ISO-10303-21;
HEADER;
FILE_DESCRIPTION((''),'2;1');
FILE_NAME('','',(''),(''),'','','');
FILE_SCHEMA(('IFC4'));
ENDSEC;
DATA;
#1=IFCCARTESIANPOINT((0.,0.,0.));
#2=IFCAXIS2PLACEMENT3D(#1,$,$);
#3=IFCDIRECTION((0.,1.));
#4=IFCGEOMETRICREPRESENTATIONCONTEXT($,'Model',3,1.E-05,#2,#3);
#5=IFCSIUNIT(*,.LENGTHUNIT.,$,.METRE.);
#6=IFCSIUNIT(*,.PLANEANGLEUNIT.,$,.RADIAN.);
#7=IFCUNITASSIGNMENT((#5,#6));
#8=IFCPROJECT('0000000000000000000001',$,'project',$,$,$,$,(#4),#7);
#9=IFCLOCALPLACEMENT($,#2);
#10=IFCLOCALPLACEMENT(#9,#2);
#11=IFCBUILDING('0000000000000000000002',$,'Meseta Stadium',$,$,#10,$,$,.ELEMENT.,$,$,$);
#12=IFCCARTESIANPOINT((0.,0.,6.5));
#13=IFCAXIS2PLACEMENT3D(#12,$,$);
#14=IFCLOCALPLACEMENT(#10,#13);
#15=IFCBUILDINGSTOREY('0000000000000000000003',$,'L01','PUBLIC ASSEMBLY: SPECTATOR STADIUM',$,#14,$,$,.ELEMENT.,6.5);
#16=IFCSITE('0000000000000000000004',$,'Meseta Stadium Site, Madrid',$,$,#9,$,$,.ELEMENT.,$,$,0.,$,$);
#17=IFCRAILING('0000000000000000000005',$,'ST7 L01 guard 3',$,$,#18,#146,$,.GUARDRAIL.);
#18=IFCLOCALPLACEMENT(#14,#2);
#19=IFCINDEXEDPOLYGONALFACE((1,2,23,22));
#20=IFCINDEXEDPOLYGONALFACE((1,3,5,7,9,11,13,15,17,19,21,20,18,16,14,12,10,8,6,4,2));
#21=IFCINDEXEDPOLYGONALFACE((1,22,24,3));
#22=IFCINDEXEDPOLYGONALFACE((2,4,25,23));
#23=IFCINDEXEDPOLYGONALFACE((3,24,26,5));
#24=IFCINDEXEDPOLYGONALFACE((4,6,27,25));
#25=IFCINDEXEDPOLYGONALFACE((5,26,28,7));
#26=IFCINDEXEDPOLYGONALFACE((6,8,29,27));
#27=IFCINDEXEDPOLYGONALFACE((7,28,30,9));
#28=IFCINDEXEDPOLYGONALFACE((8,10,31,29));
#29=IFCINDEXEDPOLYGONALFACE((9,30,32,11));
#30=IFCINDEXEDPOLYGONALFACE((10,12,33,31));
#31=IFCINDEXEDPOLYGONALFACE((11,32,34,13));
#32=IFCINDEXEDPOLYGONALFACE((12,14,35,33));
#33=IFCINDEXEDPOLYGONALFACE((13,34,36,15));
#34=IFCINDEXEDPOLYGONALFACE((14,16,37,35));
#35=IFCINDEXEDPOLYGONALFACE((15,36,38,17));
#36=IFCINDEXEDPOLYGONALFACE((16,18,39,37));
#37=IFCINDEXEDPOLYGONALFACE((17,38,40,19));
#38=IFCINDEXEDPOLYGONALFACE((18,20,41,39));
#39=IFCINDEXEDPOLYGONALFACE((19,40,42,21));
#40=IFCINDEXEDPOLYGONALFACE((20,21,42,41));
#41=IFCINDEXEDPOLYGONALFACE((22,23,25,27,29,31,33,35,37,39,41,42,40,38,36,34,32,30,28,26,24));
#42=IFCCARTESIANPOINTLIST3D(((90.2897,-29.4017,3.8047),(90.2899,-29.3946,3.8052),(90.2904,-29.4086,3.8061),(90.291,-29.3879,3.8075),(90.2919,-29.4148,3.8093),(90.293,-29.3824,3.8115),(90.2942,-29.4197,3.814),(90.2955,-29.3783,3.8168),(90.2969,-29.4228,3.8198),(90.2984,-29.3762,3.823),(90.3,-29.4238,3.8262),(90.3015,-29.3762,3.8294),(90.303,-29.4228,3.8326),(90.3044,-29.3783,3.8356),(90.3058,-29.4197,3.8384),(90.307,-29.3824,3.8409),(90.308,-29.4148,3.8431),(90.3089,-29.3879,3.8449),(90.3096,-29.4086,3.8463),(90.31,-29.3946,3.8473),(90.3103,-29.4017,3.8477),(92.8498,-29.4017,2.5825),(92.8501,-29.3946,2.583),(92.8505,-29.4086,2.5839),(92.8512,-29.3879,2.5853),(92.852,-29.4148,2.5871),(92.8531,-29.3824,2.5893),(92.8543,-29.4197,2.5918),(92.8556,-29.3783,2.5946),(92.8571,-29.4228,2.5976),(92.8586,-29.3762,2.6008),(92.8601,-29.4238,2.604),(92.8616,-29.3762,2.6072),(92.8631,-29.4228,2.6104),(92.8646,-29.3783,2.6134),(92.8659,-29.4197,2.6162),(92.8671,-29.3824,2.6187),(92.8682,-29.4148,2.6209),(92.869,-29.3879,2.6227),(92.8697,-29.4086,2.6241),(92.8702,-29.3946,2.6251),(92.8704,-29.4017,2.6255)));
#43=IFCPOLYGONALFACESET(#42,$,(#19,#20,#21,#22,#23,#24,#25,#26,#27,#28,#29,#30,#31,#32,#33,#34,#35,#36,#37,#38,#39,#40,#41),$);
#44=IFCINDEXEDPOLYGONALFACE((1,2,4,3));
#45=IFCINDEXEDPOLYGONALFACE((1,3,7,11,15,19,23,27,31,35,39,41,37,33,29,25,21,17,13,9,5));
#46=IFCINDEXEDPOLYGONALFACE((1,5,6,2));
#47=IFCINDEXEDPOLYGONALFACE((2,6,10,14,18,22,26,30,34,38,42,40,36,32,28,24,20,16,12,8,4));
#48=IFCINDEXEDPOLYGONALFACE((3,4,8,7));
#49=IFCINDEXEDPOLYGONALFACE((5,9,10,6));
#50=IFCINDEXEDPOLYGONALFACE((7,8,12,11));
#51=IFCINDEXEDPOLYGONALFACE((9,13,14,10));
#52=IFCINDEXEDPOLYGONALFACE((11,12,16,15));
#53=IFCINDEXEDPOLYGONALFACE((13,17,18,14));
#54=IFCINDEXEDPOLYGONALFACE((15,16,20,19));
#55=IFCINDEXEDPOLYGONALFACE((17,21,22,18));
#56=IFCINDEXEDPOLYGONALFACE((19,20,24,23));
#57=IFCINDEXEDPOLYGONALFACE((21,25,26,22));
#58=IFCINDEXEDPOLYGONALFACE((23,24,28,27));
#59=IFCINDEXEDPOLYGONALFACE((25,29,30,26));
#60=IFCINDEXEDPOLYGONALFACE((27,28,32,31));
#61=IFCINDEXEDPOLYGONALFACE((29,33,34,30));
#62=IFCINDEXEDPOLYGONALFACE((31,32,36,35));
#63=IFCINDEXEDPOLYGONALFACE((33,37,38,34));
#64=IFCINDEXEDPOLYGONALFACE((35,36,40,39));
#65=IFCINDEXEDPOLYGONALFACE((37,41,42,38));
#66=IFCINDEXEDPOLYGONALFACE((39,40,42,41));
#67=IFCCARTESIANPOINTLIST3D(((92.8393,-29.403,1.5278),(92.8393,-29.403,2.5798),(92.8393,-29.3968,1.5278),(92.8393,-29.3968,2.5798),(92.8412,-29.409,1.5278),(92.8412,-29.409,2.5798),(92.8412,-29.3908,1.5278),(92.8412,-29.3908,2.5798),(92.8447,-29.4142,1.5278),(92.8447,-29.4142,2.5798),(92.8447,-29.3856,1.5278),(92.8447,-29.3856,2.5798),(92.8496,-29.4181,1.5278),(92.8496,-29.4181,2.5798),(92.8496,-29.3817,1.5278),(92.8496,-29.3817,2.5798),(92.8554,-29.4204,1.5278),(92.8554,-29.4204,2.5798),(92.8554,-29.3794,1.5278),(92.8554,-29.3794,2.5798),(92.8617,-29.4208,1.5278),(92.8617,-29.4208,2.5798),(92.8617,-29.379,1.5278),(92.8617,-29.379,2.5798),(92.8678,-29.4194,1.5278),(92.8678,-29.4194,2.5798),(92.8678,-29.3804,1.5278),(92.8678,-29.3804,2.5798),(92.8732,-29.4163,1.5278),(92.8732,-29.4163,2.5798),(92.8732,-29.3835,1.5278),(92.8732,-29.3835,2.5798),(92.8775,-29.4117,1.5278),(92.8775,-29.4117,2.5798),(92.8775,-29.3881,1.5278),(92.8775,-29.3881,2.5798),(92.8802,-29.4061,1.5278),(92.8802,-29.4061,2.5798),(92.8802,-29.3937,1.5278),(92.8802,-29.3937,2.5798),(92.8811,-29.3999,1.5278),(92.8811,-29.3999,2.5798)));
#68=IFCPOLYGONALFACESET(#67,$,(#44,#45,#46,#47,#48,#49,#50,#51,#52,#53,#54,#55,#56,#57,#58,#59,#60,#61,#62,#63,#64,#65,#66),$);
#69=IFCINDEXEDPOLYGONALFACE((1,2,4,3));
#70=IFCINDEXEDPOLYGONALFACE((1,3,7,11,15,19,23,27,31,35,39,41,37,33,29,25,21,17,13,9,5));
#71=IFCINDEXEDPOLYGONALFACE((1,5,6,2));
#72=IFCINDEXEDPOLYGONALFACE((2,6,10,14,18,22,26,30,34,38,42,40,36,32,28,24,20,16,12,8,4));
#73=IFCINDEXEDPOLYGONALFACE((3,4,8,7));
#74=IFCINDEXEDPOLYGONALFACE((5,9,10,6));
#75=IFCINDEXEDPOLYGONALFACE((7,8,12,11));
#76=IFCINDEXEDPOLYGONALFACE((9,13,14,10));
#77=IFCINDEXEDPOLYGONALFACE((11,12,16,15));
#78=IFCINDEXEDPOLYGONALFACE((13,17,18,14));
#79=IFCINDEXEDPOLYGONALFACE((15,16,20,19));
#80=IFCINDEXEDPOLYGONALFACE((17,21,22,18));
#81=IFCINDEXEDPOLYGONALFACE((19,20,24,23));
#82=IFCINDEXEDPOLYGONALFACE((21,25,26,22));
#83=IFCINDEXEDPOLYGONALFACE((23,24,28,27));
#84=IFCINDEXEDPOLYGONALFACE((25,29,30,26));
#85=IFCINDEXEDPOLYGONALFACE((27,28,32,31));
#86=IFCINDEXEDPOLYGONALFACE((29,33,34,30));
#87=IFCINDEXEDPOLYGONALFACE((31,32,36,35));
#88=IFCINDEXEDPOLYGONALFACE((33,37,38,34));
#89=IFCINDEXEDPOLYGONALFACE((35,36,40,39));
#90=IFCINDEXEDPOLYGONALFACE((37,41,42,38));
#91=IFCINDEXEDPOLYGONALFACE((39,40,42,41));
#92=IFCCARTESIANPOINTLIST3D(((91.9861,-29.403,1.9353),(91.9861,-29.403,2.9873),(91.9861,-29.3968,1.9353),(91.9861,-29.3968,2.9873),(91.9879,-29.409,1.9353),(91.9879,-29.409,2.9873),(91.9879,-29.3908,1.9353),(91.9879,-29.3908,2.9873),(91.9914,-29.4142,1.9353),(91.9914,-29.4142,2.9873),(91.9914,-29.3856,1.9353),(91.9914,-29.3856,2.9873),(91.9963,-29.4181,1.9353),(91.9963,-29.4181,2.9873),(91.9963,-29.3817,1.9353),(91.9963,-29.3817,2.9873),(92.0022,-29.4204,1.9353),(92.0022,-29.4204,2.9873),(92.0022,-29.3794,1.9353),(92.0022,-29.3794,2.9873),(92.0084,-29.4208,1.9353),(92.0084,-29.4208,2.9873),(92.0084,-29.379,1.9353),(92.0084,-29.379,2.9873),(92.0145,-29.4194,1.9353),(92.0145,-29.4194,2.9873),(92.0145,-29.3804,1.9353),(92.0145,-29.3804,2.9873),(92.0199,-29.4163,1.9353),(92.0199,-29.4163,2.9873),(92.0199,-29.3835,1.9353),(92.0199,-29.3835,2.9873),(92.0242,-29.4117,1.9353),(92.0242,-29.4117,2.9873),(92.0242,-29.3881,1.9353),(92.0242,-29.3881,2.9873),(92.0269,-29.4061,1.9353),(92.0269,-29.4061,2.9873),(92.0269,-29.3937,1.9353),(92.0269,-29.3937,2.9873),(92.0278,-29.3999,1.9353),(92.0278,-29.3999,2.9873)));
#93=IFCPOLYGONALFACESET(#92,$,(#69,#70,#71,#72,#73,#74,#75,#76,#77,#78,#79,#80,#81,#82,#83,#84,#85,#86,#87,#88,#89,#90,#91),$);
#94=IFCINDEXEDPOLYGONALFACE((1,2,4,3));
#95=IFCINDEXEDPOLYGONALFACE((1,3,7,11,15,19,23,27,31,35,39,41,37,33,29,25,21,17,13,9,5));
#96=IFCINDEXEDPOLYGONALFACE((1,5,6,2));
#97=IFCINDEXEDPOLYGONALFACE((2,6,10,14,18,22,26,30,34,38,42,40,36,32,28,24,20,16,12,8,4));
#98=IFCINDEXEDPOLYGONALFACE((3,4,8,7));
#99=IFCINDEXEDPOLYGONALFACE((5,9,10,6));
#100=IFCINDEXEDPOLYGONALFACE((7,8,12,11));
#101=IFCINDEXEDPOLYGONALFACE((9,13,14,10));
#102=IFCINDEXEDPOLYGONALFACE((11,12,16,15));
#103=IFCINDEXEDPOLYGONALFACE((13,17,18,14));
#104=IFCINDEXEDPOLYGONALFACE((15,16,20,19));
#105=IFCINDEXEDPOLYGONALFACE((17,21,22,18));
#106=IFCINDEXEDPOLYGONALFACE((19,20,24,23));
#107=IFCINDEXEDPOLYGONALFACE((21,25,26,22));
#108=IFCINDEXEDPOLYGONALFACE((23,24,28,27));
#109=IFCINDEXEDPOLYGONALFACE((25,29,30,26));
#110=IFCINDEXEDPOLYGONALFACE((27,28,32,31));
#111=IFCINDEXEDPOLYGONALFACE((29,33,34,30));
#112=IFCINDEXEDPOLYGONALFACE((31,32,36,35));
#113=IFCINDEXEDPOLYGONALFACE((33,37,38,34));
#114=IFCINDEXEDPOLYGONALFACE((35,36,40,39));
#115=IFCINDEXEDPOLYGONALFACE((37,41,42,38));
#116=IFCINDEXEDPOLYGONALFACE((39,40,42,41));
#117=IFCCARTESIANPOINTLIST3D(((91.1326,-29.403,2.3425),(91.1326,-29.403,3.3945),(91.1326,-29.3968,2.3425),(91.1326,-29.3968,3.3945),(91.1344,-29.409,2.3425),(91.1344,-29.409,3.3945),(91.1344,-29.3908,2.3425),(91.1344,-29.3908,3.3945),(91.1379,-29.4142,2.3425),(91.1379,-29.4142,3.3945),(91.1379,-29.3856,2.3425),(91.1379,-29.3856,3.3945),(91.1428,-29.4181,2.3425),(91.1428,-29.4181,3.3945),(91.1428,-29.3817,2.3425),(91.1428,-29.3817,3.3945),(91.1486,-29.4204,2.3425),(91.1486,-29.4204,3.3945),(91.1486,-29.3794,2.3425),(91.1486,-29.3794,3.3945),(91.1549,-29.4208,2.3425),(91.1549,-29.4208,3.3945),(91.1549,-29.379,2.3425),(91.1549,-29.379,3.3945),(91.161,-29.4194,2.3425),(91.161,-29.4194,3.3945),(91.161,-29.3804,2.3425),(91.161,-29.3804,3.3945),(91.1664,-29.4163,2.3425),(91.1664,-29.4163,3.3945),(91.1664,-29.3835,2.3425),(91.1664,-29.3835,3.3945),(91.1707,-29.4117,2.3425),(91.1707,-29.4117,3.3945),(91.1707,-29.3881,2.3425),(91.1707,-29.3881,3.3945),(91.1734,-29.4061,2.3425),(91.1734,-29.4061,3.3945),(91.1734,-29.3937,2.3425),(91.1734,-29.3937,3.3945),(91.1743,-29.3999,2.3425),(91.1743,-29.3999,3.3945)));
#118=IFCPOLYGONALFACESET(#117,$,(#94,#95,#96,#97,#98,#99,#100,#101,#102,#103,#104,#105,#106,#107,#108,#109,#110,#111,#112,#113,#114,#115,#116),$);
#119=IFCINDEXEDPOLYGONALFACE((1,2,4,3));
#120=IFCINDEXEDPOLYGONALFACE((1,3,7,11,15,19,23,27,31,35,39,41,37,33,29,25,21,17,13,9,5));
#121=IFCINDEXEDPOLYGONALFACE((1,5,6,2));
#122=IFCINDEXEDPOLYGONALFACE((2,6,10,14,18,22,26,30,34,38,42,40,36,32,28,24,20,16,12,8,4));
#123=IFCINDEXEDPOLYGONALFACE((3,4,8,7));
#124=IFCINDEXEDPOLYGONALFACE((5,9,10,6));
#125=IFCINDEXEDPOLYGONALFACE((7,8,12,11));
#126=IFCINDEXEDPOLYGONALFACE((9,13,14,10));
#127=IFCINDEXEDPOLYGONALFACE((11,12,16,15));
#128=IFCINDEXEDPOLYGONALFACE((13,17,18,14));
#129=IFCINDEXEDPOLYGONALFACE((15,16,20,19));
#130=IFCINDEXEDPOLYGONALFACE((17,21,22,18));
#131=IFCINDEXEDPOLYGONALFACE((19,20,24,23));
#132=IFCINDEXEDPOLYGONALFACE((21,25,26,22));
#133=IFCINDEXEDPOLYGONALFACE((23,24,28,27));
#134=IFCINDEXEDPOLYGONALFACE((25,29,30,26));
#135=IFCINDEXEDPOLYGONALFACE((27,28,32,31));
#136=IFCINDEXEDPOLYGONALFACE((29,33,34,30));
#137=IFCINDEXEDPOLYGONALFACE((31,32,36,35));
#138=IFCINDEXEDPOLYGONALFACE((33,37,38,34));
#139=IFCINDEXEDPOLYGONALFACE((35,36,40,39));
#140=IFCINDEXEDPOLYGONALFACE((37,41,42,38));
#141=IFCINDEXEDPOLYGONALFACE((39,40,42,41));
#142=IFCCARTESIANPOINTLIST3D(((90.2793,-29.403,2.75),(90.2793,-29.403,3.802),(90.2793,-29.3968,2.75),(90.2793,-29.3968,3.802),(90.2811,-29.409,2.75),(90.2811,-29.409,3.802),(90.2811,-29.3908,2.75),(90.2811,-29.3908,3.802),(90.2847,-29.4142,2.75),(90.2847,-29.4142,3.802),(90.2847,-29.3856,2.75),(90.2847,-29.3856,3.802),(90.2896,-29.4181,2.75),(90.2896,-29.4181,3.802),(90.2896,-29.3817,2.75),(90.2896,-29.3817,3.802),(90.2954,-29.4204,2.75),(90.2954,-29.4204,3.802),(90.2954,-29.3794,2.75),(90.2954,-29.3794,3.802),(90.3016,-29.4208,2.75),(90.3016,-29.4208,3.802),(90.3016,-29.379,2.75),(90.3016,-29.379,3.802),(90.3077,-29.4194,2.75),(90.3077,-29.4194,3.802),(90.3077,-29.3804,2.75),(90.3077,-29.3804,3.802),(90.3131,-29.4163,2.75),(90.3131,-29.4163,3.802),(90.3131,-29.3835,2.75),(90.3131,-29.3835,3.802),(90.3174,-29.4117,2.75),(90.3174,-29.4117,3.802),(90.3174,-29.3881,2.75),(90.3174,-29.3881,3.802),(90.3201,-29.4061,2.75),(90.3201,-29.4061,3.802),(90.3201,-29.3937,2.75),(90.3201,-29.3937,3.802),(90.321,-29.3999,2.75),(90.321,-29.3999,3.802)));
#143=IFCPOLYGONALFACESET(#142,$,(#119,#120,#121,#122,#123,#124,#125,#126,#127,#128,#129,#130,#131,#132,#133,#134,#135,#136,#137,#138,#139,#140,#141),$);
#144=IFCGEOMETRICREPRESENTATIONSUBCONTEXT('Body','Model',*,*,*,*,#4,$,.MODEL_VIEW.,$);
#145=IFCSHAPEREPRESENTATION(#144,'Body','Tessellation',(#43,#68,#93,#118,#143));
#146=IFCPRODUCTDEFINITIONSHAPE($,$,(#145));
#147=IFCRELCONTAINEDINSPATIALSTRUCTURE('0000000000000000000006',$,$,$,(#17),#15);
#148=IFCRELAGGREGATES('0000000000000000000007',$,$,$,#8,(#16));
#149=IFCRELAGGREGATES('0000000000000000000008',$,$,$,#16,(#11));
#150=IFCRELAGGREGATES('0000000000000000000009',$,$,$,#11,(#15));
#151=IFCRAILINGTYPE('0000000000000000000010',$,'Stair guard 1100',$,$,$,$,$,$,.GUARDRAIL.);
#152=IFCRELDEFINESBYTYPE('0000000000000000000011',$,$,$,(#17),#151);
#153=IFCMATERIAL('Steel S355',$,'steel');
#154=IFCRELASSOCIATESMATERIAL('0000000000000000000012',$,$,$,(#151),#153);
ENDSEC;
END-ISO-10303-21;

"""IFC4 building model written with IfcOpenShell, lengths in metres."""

from ifc_helpers import new_model, si_unit, direction, frame, origin, origin_2d, place, context, subcontext, project, spatial, circle, extrude, material, type_object, element, save


model = new_model("IFC4")

# Units and contexts
model_context = context("Model", 3, precision=1e-05, world=origin(), true_north=direction((0.0, 1.0)))
body_context = subcontext(model_context, "Body", "Model", "MODEL_VIEW")
ifc_project = project(units=[si_unit("LENGTHUNIT", "METRE"), si_unit("PLANEANGLEUNIT", "RADIAN")], contexts=[model_context])

# Site, building, storey
site_placement = place(None, origin())
site = spatial("IfcSite", under=ifc_project, at=site_placement, Name="Meseta Stadium Site, Madrid", CompositionType="ELEMENT", RefElevation=0.0)
building_placement = place(site_placement, origin())
building = spatial("IfcBuilding", under=site, at=building_placement, Name="Meseta Stadium", CompositionType="ELEMENT")
storey_placement = place(building_placement, frame((0.0, 0.0, 6.5)))
storey = spatial("IfcBuildingStorey", under=building, at=storey_placement, Name="L01", Description="PUBLIC ASSEMBLY: SPECTATOR STADIUM", CompositionType="ELEMENT", Elevation=6.5)

# Railing
ifc_material_1 = material(Name="Steel S355", Category="steel")
railing_type_1 = type_object("IfcRailingType", Name="Stair guard 1100", PredefinedType="GUARDRAIL", material=ifc_material_1)
railing_1_placement = place(storey_placement, frame((92.8601, -29.3999, 1.5278)))
element("IfcRailing", 1, at=railing_1_placement, inside=storey, type_object=railing_type_1, Name="ST7 L01 guard 3", PredefinedType="GUARDRAIL", context=body_context, shape_type="SweptSolid", body=[
    extrude(circle(Radius=0.0239, at=origin_2d()), frame((0.0, 0.0, 1.0762), z_axis=(-0.902437, 0.0, 0.430822), x_axis=(0.0, -1.0, 0.0)), (0.0, 0.0, 1.0), 2.8369),
    extrude(circle(Radius=0.021, at=origin_2d()), origin(), (0.0, 0.0, 1.0), 1.052),
    extrude(circle(Radius=0.021, at=origin_2d()), frame((-0.8533, 0.0, 0.4075)), (0.0, 0.0, 1.0), 1.052),
    extrude(circle(Radius=0.021, at=origin_2d()), frame((-1.7068, 0.0, 0.8147)), (0.0, 0.0, 1.0), 1.052),
    extrude(circle(Radius=0.021, at=origin_2d()), frame((-2.5601, 0.0, 1.2222)), (0.0, 0.0, 1.0), 1.052),
])

save(model, "model.ifc")
